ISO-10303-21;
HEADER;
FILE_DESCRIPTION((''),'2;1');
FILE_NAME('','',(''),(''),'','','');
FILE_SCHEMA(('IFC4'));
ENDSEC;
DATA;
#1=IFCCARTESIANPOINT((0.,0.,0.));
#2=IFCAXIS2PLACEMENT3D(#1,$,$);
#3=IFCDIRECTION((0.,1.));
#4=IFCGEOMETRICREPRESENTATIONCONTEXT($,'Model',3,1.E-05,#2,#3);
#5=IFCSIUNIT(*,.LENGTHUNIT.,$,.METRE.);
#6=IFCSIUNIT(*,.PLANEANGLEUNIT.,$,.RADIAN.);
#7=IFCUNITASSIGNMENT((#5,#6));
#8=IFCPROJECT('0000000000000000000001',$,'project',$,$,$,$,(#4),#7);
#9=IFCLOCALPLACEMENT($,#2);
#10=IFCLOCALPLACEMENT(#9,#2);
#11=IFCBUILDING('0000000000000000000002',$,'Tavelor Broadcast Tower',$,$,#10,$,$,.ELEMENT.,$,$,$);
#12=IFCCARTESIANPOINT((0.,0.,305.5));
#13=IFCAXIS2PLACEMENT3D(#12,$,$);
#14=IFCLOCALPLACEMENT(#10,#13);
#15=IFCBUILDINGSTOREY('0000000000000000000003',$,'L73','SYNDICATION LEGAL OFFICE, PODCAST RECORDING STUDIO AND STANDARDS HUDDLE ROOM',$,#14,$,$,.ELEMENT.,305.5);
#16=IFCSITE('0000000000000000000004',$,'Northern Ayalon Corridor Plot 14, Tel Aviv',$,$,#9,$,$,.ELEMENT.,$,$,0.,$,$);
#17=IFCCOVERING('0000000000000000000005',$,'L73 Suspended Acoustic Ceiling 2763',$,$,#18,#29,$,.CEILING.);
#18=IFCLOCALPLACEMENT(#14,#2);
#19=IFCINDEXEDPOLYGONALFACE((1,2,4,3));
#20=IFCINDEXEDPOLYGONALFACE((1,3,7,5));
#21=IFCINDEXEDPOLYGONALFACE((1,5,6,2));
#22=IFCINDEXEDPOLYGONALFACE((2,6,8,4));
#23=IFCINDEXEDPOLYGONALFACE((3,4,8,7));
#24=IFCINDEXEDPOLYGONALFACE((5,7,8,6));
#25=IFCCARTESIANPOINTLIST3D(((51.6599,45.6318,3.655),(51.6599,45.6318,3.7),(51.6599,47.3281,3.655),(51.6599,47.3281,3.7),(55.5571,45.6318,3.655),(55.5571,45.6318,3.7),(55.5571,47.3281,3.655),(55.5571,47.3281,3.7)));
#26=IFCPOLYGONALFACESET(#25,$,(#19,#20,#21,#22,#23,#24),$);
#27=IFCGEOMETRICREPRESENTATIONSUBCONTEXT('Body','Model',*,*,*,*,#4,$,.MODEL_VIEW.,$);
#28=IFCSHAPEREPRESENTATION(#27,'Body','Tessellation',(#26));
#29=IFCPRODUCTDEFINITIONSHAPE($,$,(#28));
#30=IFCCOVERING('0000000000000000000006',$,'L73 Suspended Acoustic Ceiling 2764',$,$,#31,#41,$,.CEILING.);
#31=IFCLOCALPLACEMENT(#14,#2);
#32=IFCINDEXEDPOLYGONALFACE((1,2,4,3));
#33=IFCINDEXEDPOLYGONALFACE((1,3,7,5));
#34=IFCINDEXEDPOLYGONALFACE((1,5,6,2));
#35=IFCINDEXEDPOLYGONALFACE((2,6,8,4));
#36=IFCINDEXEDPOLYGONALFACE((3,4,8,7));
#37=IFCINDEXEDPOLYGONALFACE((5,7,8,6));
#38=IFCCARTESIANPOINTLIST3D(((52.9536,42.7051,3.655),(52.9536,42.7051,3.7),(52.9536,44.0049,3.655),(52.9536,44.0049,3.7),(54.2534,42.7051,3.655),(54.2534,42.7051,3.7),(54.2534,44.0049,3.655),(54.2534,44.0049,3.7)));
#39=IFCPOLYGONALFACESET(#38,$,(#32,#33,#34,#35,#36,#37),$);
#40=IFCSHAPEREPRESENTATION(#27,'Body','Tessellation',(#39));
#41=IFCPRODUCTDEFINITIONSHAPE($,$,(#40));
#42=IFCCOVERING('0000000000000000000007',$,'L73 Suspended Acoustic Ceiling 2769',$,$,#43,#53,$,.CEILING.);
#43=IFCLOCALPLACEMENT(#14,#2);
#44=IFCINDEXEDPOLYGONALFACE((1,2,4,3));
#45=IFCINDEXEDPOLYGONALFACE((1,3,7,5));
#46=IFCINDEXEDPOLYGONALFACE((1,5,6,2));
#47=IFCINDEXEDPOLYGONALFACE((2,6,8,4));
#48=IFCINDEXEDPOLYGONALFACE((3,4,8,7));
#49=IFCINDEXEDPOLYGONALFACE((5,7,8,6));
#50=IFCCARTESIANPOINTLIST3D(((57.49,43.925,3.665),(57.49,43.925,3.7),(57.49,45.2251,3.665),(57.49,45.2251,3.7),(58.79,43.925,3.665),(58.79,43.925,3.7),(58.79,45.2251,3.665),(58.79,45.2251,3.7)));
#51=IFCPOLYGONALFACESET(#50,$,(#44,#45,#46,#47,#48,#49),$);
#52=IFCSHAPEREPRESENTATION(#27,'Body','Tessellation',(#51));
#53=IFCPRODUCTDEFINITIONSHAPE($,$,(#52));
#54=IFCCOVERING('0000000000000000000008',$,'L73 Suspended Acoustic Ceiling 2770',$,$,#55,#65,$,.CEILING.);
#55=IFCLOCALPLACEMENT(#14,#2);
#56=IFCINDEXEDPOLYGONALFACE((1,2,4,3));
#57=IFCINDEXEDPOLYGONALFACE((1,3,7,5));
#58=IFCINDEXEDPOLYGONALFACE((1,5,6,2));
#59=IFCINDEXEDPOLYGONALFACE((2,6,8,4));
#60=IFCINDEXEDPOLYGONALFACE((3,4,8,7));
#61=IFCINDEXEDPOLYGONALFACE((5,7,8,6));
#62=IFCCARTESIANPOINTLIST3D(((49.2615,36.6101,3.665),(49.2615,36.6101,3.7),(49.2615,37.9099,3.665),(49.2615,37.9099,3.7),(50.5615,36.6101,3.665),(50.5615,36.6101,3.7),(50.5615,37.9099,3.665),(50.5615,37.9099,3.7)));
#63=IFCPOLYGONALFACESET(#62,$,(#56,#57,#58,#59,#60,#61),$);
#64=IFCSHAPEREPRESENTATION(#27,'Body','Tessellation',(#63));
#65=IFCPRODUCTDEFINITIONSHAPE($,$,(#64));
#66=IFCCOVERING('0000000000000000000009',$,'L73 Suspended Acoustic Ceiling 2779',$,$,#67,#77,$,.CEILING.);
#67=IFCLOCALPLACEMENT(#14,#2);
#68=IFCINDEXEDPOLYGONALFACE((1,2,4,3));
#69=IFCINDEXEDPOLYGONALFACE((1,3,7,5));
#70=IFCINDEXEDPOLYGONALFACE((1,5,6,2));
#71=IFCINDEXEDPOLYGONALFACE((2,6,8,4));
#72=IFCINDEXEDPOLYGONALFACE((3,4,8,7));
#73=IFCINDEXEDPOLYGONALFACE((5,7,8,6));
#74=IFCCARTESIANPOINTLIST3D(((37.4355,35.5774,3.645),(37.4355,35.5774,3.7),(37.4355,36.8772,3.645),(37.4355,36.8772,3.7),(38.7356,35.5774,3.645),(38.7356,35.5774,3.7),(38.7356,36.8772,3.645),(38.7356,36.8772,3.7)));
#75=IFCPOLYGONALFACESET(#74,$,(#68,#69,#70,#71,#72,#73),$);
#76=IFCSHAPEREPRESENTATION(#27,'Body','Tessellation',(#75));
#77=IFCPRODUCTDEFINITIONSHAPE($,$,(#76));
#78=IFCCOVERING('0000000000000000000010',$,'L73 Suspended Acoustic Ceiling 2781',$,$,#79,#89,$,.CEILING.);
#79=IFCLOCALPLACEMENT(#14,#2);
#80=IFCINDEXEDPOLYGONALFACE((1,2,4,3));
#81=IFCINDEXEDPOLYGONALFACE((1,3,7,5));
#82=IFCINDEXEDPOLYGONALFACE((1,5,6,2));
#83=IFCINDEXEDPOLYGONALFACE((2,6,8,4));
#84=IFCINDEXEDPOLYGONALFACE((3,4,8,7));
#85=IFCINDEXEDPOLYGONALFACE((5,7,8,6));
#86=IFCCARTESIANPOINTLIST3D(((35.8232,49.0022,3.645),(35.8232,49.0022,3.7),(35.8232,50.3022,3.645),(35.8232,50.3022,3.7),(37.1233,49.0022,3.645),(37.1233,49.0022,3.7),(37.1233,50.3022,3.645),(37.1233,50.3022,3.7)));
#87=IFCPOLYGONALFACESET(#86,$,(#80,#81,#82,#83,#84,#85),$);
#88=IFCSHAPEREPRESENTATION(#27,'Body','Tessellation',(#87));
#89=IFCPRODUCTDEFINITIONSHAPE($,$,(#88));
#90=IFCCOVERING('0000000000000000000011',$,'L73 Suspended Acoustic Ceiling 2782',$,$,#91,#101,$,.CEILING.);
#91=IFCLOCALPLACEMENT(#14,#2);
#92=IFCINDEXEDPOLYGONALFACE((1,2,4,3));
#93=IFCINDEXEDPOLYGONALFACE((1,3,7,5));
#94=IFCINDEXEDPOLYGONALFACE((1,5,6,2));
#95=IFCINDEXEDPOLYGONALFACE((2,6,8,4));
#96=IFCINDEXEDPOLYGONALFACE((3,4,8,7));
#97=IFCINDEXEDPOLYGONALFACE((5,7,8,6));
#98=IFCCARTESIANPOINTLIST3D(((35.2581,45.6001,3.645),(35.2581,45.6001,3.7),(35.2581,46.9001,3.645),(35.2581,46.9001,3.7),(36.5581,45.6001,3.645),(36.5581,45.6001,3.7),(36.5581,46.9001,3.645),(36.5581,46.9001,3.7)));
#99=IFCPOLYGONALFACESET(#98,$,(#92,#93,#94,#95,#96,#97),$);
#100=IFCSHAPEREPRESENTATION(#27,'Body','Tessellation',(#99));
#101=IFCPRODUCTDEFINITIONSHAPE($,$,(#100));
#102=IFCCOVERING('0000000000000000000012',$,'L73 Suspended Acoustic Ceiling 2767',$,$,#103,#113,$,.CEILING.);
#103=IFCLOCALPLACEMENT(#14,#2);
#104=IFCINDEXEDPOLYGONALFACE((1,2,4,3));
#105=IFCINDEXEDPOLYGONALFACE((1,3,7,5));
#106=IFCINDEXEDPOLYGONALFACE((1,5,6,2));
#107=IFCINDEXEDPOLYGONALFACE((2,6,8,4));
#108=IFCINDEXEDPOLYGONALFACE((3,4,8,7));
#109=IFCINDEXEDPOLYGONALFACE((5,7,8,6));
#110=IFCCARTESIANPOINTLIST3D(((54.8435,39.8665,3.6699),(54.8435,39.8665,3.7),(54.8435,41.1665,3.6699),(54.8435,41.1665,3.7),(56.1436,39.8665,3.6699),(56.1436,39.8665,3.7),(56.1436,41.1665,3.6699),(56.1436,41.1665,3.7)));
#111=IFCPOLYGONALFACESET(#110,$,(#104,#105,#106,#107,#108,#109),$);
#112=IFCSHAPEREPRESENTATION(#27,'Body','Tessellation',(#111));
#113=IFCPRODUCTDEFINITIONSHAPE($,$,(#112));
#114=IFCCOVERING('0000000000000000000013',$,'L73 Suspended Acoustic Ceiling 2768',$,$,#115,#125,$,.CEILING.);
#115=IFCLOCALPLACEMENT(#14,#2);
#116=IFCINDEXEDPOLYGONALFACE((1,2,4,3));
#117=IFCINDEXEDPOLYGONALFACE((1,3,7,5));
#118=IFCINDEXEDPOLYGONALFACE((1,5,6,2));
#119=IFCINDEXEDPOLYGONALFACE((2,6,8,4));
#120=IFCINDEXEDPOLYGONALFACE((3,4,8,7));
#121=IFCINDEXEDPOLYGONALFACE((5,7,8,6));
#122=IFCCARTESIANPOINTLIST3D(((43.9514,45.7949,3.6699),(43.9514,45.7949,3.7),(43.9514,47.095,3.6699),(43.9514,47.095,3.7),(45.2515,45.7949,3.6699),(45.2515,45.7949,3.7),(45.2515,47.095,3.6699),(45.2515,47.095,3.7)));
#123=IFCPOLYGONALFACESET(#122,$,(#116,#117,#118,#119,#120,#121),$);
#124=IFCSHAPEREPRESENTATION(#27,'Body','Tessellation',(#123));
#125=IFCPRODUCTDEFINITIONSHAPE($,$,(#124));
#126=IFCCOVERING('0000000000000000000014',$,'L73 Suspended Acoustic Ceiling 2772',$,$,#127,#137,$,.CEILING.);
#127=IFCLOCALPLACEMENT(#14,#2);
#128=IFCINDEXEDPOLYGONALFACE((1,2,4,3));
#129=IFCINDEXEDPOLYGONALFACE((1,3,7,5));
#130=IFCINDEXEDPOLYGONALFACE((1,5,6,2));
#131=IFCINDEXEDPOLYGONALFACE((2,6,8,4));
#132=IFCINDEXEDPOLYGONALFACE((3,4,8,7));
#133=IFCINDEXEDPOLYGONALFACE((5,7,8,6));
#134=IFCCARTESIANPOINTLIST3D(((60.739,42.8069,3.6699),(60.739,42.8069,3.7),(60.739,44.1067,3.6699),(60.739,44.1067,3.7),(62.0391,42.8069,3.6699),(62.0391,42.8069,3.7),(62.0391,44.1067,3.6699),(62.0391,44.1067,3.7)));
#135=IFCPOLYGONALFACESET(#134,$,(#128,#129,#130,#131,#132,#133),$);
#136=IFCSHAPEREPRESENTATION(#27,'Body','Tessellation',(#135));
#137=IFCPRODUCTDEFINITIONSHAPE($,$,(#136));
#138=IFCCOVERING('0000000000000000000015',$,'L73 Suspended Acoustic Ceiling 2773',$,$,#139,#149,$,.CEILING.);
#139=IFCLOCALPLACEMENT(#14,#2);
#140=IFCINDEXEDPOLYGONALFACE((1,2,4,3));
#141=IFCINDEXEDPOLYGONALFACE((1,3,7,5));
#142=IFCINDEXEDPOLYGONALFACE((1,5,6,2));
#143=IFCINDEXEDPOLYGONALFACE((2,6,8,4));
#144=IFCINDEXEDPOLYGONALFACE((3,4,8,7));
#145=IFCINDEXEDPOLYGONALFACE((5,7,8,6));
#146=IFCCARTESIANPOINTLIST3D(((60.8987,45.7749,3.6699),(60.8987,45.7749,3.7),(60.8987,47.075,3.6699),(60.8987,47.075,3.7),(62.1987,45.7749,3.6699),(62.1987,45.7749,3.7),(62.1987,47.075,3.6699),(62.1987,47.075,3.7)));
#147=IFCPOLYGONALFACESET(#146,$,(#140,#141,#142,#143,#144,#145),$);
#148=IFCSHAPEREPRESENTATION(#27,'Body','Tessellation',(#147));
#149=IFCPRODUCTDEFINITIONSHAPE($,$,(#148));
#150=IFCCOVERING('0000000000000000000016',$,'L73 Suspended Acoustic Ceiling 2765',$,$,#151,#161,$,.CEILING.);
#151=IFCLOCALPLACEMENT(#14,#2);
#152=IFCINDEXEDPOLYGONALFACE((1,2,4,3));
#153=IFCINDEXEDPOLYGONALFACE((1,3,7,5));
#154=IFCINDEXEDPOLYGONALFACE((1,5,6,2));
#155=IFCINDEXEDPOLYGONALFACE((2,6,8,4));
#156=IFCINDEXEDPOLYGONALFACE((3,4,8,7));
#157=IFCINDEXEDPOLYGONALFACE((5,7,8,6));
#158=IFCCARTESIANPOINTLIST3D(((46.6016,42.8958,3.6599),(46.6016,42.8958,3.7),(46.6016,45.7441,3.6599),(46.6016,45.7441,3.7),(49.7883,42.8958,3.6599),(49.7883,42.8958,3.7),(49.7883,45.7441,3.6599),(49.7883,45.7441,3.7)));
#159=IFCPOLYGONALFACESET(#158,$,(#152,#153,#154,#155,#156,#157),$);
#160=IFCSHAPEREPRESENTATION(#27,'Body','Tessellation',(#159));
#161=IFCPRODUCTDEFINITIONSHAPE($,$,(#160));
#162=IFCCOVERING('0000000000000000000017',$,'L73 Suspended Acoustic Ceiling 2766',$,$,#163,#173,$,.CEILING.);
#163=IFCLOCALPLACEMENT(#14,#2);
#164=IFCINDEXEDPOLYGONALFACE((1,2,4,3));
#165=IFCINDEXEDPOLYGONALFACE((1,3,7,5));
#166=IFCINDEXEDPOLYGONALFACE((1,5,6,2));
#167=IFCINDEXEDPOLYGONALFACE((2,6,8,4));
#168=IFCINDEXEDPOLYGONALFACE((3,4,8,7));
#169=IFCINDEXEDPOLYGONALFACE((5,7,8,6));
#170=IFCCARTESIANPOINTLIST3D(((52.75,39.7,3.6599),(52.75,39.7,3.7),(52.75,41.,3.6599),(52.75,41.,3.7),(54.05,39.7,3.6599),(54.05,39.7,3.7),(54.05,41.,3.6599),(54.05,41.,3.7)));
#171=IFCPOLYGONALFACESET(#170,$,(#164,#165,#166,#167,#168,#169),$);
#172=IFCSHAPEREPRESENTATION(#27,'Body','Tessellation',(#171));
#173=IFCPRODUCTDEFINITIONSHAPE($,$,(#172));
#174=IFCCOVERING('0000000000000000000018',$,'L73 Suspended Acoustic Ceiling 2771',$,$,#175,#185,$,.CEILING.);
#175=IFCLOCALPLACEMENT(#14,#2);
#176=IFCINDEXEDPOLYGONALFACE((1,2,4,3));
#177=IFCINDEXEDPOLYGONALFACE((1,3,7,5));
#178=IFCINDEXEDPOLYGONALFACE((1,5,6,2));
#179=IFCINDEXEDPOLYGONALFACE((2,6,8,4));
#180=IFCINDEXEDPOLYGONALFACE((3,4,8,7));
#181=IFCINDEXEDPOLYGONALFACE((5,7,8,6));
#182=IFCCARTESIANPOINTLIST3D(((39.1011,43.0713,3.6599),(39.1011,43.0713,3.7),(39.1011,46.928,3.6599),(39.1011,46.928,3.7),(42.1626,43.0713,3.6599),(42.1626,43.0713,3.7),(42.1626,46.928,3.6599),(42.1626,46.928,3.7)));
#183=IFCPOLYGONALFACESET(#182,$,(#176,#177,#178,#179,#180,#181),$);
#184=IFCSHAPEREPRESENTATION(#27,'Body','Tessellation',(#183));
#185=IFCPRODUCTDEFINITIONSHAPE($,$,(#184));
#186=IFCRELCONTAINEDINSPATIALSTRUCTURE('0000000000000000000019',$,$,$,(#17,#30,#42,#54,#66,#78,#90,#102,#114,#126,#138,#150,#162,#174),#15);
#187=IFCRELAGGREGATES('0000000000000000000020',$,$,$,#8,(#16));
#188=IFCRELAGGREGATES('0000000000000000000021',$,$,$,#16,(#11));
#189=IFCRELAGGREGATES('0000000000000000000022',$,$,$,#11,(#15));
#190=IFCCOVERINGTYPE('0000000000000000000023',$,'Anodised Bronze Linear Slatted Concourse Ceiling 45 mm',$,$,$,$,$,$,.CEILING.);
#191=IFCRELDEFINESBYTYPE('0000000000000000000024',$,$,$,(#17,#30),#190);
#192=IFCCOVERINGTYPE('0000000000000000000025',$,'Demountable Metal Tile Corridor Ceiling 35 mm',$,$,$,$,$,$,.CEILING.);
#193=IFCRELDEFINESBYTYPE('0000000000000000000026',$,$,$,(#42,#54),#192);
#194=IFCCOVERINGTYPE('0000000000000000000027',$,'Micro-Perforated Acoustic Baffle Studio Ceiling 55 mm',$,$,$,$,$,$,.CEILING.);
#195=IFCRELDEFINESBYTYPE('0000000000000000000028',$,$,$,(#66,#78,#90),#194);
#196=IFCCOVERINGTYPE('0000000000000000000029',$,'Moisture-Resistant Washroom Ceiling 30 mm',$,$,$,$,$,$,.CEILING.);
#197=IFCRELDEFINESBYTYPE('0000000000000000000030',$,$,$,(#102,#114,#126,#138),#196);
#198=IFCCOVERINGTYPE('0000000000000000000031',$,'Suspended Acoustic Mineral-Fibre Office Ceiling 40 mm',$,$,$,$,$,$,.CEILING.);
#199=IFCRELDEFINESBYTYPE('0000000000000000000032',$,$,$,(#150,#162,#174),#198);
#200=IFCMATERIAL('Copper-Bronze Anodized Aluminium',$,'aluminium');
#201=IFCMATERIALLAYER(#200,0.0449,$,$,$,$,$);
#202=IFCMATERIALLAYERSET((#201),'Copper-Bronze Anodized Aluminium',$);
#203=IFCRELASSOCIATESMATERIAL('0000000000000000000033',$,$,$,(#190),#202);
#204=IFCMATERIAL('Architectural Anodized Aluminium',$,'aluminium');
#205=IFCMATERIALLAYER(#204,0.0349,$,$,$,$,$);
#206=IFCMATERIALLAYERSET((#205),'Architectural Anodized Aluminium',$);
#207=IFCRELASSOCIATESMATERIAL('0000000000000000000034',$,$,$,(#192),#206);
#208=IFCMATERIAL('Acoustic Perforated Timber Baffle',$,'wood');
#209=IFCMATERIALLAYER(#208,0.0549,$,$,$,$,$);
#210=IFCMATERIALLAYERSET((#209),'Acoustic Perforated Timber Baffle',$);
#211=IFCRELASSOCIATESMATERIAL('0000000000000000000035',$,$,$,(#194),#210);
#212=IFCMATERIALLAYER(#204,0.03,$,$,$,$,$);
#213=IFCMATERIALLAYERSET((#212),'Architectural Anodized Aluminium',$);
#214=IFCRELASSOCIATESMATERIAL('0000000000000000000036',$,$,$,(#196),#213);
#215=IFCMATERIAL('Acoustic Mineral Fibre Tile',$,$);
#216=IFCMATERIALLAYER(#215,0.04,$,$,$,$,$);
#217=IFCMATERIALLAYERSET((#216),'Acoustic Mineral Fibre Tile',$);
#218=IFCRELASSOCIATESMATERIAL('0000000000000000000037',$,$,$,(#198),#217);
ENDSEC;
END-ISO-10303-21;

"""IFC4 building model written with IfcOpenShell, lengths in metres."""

from ifc_helpers import new_model, si_unit, direction, frame, origin, place, context, subcontext, project, spatial, polyline, outline, extrude, material, layer, layer_set, type_object, element, save


model = new_model("IFC4")

# Units and contexts
model_context = context("Model", 3, precision=1e-05, world=origin(), true_north=direction((0.0, 1.0)))
body_context = subcontext(model_context, "Body", "Model", "MODEL_VIEW")
ifc_project = project(units=[si_unit("LENGTHUNIT", "METRE"), si_unit("PLANEANGLEUNIT", "RADIAN")], contexts=[model_context])

# Site, building, storey
site_placement = place(None, origin())
site = spatial("IfcSite", under=ifc_project, at=site_placement, Name="Northern Ayalon Corridor Plot 14, Tel Aviv", CompositionType="ELEMENT", RefElevation=0.0)
building_placement = place(site_placement, origin())
building = spatial("IfcBuilding", under=site, at=building_placement, Name="Tavelor Broadcast Tower", CompositionType="ELEMENT")
storey_placement = place(building_placement, frame((0.0, 0.0, 305.5)))
storey = spatial("IfcBuildingStorey", under=building, at=storey_placement, Name="L73", Description="SYNDICATION LEGAL OFFICE, PODCAST RECORDING STUDIO AND STANDARDS HUDDLE ROOM", CompositionType="ELEMENT", Elevation=305.5)

# Coverings
ifc_material_1 = material(Name="Copper-Bronze Anodized Aluminium", Category="aluminium")
ifc_layer_1 = layer(ifc_material_1, 0.0449)
ifc_layer_set_1 = layer_set([ifc_layer_1], Name="Copper-Bronze Anodized Aluminium")
covering_type_1 = type_object("IfcCoveringType", Name="Anodised Bronze Linear Slatted Concourse Ceiling 45 mm", PredefinedType="CEILING", material=ifc_layer_set_1)
covering_1_placement = place(storey_placement, frame((0.0, 0.0, 3.655)))
element("IfcCovering", 1, at=covering_1_placement, inside=storey, type_object=covering_type_1, Name="L73 Suspended Acoustic Ceiling 2763", PredefinedType="CEILING", context=body_context, shape_type="SweptSolid", body=[
    extrude(outline(polyline([(51.6599, 45.6318), (55.5571, 45.6318), (55.5571, 47.3281), (51.6599, 47.3281), (51.6599, 45.6318)])), origin(), (0.0, 0.0, 1.0), 0.0449),
])
covering_2_placement = place(storey_placement, frame((0.0, 0.0, 3.655)))
element("IfcCovering", 2, at=covering_2_placement, inside=storey, type_object=covering_type_1, Name="L73 Suspended Acoustic Ceiling 2764", PredefinedType="CEILING", context=body_context, shape_type="SweptSolid", body=[
    extrude(outline(polyline([(52.9536, 42.7051), (54.2534, 42.7051), (54.2534, 44.0049), (52.9536, 44.0049), (52.9536, 42.7051)])), origin(), (0.0, 0.0, 1.0), 0.0449),
])
ifc_material_2 = material(Name="Architectural Anodized Aluminium", Category="aluminium")
ifc_layer_2 = layer(ifc_material_2, 0.0349)
ifc_layer_set_2 = layer_set([ifc_layer_2], Name="Architectural Anodized Aluminium")
covering_type_2 = type_object("IfcCoveringType", Name="Demountable Metal Tile Corridor Ceiling 35 mm", PredefinedType="CEILING", material=ifc_layer_set_2)
covering_3_placement = place(storey_placement, frame((0.0, 0.0, 3.665)))
element("IfcCovering", 3, at=covering_3_placement, inside=storey, type_object=covering_type_2, Name="L73 Suspended Acoustic Ceiling 2769", PredefinedType="CEILING", context=body_context, shape_type="SweptSolid", body=[
    extrude(outline(polyline([(57.49, 43.925), (58.79, 43.925), (58.79, 45.2251), (57.49, 45.2251), (57.49, 43.925)])), origin(), (0.0, 0.0, 1.0), 0.0349),
])
covering_4_placement = place(storey_placement, frame((0.0, 0.0, 3.665)))
element("IfcCovering", 4, at=covering_4_placement, inside=storey, type_object=covering_type_2, Name="L73 Suspended Acoustic Ceiling 2770", PredefinedType="CEILING", context=body_context, shape_type="SweptSolid", body=[
    extrude(outline(polyline([(49.2615, 36.6101), (50.5615, 36.6101), (50.5615, 37.9099), (49.2615, 37.9099), (49.2615, 36.6101)])), origin(), (0.0, 0.0, 1.0), 0.0349),
])
ifc_material_3 = material(Name="Acoustic Perforated Timber Baffle", Category="wood")
ifc_layer_3 = layer(ifc_material_3, 0.0549)
ifc_layer_set_3 = layer_set([ifc_layer_3], Name="Acoustic Perforated Timber Baffle")
covering_type_3 = type_object("IfcCoveringType", Name="Micro-Perforated Acoustic Baffle Studio Ceiling 55 mm", PredefinedType="CEILING", material=ifc_layer_set_3)
covering_5_placement = place(storey_placement, frame((0.0, 0.0, 3.645)))
element("IfcCovering", 5, at=covering_5_placement, inside=storey, type_object=covering_type_3, Name="L73 Suspended Acoustic Ceiling 2779", PredefinedType="CEILING", context=body_context, shape_type="SweptSolid", body=[
    extrude(outline(polyline([(37.4355, 35.5774), (38.7356, 35.5774), (38.7356, 36.8772), (37.4355, 36.8772), (37.4355, 35.5774)])), origin(), (0.0, 0.0, 1.0), 0.0549),
])
covering_6_placement = place(storey_placement, frame((0.0, 0.0, 3.645)))
element("IfcCovering", 6, at=covering_6_placement, inside=storey, type_object=covering_type_3, Name="L73 Suspended Acoustic Ceiling 2781", PredefinedType="CEILING", context=body_context, shape_type="SweptSolid", body=[
    extrude(outline(polyline([(35.8232, 49.0022), (37.1233, 49.0022), (37.1233, 50.3022), (35.8232, 50.3022), (35.8232, 49.0022)])), origin(), (0.0, 0.0, 1.0), 0.0549),
])
covering_7_placement = place(storey_placement, frame((0.0, 0.0, 3.645)))
element("IfcCovering", 7, at=covering_7_placement, inside=storey, type_object=covering_type_3, Name="L73 Suspended Acoustic Ceiling 2782", PredefinedType="CEILING", context=body_context, shape_type="SweptSolid", body=[
    extrude(outline(polyline([(35.2581, 45.6001), (36.5581, 45.6001), (36.5581, 46.9001), (35.2581, 46.9001), (35.2581, 45.6001)])), origin(), (0.0, 0.0, 1.0), 0.0549),
])
ifc_layer_4 = layer(ifc_material_2, 0.03)
ifc_layer_set_4 = layer_set([ifc_layer_4], Name="Architectural Anodized Aluminium")
covering_type_4 = type_object("IfcCoveringType", Name="Moisture-Resistant Washroom Ceiling 30 mm", PredefinedType="CEILING", material=ifc_layer_set_4)
covering_8_placement = place(storey_placement, frame((0.0, 0.0, 3.6699)))
element("IfcCovering", 8, at=covering_8_placement, inside=storey, type_object=covering_type_4, Name="L73 Suspended Acoustic Ceiling 2767", PredefinedType="CEILING", context=body_context, shape_type="SweptSolid", body=[
    extrude(outline(polyline([(54.8435, 39.8665), (56.1436, 39.8665), (56.1436, 41.1665), (54.8435, 41.1665), (54.8435, 39.8665)])), origin(), (0.0, 0.0, 1.0), 0.03),
])
covering_9_placement = place(storey_placement, frame((0.0, 0.0, 3.6699)))
element("IfcCovering", 9, at=covering_9_placement, inside=storey, type_object=covering_type_4, Name="L73 Suspended Acoustic Ceiling 2768", PredefinedType="CEILING", context=body_context, shape_type="SweptSolid", body=[
    extrude(outline(polyline([(43.9514, 45.7949), (45.2515, 45.7949), (45.2515, 47.095), (43.9514, 47.095), (43.9514, 45.7949)])), origin(), (0.0, 0.0, 1.0), 0.03),
])
covering_10_placement = place(storey_placement, frame((0.0, 0.0, 3.6699)))
element("IfcCovering", 10, at=covering_10_placement, inside=storey, type_object=covering_type_4, Name="L73 Suspended Acoustic Ceiling 2772", PredefinedType="CEILING", context=body_context, shape_type="SweptSolid", body=[
    extrude(outline(polyline([(60.739, 42.8069), (62.0391, 42.8069), (62.0391, 44.1067), (60.739, 44.1067), (60.739, 42.8069)])), origin(), (0.0, 0.0, 1.0), 0.03),
])
covering_11_placement = place(storey_placement, frame((0.0, 0.0, 3.6699)))
element("IfcCovering", 11, at=covering_11_placement, inside=storey, type_object=covering_type_4, Name="L73 Suspended Acoustic Ceiling 2773", PredefinedType="CEILING", context=body_context, shape_type="SweptSolid", body=[
    extrude(outline(polyline([(60.8987, 45.7749), (62.1987, 45.7749), (62.1987, 47.075), (60.8987, 47.075), (60.8987, 45.7749)])), origin(), (0.0, 0.0, 1.0), 0.03),
])
ifc_material_4 = material(Name="Acoustic Mineral Fibre Tile")
ifc_layer_5 = layer(ifc_material_4, 0.04)
ifc_layer_set_5 = layer_set([ifc_layer_5], Name="Acoustic Mineral Fibre Tile")
covering_type_5 = type_object("IfcCoveringType", Name="Suspended Acoustic Mineral-Fibre Office Ceiling 40 mm", PredefinedType="CEILING", material=ifc_layer_set_5)
covering_12_placement = place(storey_placement, frame((0.0, 0.0, 3.6599)))
element("IfcCovering", 12, at=covering_12_placement, inside=storey, type_object=covering_type_5, Name="L73 Suspended Acoustic Ceiling 2765", PredefinedType="CEILING", context=body_context, shape_type="SweptSolid", body=[
    extrude(outline(polyline([(46.6016, 42.8958), (49.7883, 42.8958), (49.7883, 45.7441), (46.6016, 45.7441), (46.6016, 42.8958)])), origin(), (0.0, 0.0, 1.0), 0.04),
])
covering_13_placement = place(storey_placement, frame((0.0, 0.0, 3.6599)))
element("IfcCovering", 13, at=covering_13_placement, inside=storey, type_object=covering_type_5, Name="L73 Suspended Acoustic Ceiling 2766", PredefinedType="CEILING", context=body_context, shape_type="SweptSolid", body=[
    extrude(outline(polyline([(52.75, 39.7), (54.05, 39.7), (54.05, 41.0), (52.75, 41.0), (52.75, 39.7)])), origin(), (0.0, 0.0, 1.0), 0.04),
])
covering_14_placement = place(storey_placement, frame((0.0, 0.0, 3.6599)))
element("IfcCovering", 14, at=covering_14_placement, inside=storey, type_object=covering_type_5, Name="L73 Suspended Acoustic Ceiling 2771", PredefinedType="CEILING", context=body_context, shape_type="SweptSolid", body=[
    extrude(outline(polyline([(39.1011, 43.0713), (42.1626, 43.0713), (42.1626, 46.928), (39.1011, 46.928), (39.1011, 43.0713)])), origin(), (0.0, 0.0, 1.0), 0.04),
])

save(model, "model.ifc")
